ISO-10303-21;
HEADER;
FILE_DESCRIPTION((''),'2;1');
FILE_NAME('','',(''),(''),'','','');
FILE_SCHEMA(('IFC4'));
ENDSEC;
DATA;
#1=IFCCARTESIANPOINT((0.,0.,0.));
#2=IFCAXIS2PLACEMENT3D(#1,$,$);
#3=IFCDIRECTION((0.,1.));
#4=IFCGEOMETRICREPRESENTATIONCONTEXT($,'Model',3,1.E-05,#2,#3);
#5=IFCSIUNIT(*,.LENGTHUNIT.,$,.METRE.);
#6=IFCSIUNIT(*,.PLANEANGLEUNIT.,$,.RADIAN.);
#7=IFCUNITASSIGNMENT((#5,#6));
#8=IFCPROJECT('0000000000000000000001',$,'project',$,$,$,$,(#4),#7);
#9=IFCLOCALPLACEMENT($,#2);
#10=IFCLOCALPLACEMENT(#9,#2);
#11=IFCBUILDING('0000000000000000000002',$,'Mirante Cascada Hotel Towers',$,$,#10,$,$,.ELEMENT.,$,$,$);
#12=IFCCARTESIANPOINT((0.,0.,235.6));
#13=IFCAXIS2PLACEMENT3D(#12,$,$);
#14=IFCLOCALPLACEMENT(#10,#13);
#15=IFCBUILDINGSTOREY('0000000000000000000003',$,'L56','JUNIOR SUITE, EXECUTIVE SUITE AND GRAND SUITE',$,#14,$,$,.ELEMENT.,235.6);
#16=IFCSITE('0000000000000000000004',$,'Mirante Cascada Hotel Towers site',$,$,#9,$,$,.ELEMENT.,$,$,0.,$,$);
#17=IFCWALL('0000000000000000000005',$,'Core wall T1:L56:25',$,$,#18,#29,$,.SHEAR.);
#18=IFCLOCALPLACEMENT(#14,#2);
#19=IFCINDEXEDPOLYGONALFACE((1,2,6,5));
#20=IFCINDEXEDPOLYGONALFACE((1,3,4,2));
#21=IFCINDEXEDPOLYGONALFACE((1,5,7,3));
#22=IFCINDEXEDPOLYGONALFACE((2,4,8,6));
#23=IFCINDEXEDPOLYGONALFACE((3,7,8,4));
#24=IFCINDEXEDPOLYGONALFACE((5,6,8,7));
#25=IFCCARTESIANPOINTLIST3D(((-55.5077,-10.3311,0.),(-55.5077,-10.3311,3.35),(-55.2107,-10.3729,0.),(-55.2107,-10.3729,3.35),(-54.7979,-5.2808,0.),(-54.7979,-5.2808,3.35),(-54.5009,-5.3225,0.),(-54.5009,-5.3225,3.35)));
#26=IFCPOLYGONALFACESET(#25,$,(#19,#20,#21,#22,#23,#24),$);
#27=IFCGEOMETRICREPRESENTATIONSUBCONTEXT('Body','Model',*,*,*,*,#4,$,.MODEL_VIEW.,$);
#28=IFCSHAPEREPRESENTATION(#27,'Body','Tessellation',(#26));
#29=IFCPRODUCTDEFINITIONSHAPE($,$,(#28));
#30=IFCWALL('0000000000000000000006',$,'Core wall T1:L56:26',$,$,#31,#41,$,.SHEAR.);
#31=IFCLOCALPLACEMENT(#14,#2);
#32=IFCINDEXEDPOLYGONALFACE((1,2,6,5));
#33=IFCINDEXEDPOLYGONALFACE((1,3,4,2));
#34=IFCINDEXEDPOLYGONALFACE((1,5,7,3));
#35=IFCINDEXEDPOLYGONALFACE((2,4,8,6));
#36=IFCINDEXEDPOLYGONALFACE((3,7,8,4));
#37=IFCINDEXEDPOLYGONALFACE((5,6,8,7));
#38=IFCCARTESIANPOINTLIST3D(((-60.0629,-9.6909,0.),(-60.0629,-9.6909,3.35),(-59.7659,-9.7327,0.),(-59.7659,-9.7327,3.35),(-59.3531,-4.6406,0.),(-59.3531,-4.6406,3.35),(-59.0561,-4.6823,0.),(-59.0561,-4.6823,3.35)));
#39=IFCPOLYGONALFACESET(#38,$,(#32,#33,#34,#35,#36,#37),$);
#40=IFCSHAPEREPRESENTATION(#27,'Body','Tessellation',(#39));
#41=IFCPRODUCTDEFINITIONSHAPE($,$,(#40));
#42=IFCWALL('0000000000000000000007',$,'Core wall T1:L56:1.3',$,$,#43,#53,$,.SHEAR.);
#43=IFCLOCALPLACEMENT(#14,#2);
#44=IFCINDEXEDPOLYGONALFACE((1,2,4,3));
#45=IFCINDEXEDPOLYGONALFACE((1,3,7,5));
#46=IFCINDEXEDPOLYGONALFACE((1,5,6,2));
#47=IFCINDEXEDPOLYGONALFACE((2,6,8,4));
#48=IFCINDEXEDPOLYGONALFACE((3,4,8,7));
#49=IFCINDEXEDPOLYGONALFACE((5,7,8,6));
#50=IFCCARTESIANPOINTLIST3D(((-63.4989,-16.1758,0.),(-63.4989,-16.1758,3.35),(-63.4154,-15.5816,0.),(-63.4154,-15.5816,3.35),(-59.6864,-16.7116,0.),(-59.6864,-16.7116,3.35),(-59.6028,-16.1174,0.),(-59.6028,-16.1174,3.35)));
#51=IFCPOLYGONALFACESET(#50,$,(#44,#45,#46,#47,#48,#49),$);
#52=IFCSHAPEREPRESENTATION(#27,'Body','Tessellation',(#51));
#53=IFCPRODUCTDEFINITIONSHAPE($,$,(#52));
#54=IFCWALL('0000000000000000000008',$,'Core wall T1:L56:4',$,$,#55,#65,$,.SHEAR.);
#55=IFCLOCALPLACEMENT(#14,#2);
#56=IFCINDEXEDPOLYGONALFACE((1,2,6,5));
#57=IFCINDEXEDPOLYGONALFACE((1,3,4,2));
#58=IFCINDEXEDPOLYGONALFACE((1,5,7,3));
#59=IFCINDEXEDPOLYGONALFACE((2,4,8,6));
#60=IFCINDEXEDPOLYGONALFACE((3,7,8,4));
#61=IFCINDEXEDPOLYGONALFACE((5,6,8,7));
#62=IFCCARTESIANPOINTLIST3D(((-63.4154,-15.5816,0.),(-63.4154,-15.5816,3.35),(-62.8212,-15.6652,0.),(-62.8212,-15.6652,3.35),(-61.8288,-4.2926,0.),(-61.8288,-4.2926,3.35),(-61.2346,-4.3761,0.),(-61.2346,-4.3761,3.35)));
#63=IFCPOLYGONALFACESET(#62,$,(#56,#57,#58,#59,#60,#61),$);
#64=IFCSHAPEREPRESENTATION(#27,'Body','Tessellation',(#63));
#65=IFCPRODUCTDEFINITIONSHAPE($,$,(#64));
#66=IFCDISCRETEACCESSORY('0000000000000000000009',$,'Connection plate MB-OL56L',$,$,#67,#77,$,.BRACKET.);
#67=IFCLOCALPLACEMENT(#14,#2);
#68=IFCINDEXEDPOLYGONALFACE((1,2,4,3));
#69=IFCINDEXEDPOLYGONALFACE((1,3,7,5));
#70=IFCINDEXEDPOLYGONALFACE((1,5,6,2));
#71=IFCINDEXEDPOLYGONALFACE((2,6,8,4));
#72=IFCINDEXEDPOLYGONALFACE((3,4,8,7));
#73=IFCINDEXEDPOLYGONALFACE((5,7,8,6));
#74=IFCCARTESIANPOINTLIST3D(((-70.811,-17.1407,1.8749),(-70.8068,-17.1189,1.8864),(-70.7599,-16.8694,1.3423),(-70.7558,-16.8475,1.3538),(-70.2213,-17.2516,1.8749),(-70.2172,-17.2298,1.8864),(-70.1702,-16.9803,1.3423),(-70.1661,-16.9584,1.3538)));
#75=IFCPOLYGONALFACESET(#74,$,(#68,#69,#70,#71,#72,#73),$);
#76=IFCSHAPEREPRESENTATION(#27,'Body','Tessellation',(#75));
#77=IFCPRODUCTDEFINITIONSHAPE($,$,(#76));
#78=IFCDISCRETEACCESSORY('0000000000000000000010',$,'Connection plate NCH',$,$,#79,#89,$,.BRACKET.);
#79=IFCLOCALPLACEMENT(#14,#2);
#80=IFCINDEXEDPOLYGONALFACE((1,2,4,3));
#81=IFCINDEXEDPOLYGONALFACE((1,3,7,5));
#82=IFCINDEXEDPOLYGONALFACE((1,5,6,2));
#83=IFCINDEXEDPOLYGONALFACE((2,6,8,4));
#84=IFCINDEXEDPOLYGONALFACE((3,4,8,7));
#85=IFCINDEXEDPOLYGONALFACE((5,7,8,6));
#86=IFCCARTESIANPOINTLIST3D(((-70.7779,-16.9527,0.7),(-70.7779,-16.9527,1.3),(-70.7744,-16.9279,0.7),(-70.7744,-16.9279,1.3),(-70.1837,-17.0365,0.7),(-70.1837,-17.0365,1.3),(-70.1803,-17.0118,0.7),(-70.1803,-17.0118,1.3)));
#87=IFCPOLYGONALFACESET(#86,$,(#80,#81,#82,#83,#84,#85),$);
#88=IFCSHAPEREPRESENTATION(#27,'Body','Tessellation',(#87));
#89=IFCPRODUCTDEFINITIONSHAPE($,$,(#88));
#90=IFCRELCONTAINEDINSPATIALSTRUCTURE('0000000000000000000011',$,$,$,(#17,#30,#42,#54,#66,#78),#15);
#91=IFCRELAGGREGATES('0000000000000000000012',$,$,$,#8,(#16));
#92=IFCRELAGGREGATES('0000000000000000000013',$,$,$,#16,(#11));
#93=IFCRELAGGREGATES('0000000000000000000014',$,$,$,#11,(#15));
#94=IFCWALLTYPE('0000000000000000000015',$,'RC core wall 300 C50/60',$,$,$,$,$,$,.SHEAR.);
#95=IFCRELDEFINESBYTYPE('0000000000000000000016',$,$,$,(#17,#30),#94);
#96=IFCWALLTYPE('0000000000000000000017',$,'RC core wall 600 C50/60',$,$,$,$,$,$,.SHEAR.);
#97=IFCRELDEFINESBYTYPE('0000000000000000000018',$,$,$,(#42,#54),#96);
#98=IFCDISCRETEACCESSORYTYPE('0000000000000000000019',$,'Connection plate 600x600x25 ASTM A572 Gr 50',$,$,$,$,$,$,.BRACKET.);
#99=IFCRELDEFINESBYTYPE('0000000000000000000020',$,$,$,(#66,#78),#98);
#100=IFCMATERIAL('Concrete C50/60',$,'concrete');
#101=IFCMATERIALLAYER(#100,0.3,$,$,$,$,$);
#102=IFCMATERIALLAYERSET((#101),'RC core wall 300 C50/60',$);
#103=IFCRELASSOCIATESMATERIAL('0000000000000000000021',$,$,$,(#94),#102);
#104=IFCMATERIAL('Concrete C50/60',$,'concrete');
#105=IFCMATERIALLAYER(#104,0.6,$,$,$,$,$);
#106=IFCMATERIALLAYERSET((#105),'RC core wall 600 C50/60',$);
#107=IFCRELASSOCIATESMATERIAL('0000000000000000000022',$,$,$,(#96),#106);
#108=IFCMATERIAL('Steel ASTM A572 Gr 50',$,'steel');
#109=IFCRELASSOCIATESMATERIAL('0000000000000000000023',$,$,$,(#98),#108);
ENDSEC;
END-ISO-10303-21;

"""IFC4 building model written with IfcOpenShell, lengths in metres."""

from ifc_helpers import new_model, si_unit, direction, frame, frame_2d, origin, origin_2d, place, context, subcontext, project, spatial, rectangle, extrude, material, layer, layer_set, material_profile, profile_set, type_object, element, save


model = new_model("IFC4")

# Units and contexts
model_context = context("Model", 3, precision=1e-05, world=origin(), true_north=direction((0.0, 1.0)))
body_context = subcontext(model_context, "Body", "Model", "MODEL_VIEW")
ifc_project = project(units=[si_unit("LENGTHUNIT", "METRE"), si_unit("PLANEANGLEUNIT", "RADIAN")], contexts=[model_context])

# Site, building, storey
site_placement = place(None, origin())
site = spatial("IfcSite", under=ifc_project, at=site_placement, Name="Mirante Cascada Hotel Towers site", CompositionType="ELEMENT", RefElevation=0.0)
building_placement = place(site_placement, origin())
building = spatial("IfcBuilding", under=site, at=building_placement, Name="Mirante Cascada Hotel Towers", CompositionType="ELEMENT")
storey_placement = place(building_placement, frame((0.0, 0.0, 235.6)))
storey = spatial("IfcBuildingStorey", under=building, at=storey_placement, Name="L56", Description="JUNIOR SUITE, EXECUTIVE SUITE AND GRAND SUITE", CompositionType="ELEMENT", Elevation=235.6)

# Walls
ifc_material_1 = material(Name="Concrete C50/60", Category="concrete")
ifc_layer_1 = layer(ifc_material_1, 0.3)
ifc_layer_set_1 = layer_set([ifc_layer_1], Name="RC core wall 300 C50/60")
wall_type_1 = type_object("IfcWallType", Name="RC core wall 300 C50/60", PredefinedType="SHEAR", material=ifc_layer_set_1)
for number, where, z_axis, x_axis, name in (
    (1, (-55.3592, -10.352, 0.0), (0.0, 0.0, 1.0), (0.139176, 0.990268, 0.0), "Core wall T1:L56:25"),
    (2, (-59.9144, -9.7118, 0.0), (0.0, 0.0, 1.0), (0.139176, 0.990268, 0.0), "Core wall T1:L56:26"),
):
    element("IfcWall", number, at=place(storey_placement, frame(where, z_axis=z_axis, x_axis=x_axis)), inside=storey, type_object=wall_type_1, Name=name, PredefinedType="SHEAR", context=body_context, shape_type="SweptSolid", body=[
        extrude(rectangle(XDim=5.1, YDim=0.3, at=frame_2d((2.55, 0.0))), origin(), (0.0, 0.0, 1.0), 3.35),
    ])
ifc_material_2 = material(Name="Concrete C50/60", Category="concrete")
ifc_layer_2 = layer(ifc_material_2, 0.6)
ifc_layer_set_2 = layer_set([ifc_layer_2], Name="RC core wall 600 C50/60")
wall_type_2 = type_object("IfcWallType", Name="RC core wall 600 C50/60", PredefinedType="SHEAR", material=ifc_layer_set_2)
wall_1_placement = place(storey_placement, frame((-59.6446, -16.4145, 0.0), z_axis=(0.0, 0.0, 1.0), x_axis=(-0.990268, 0.13917, 0.0)))
element("IfcWall", 3, at=wall_1_placement, inside=storey, type_object=wall_type_2, Name="Core wall T1:L56:1.3", PredefinedType="SHEAR", context=body_context, shape_type="SweptSolid", body=[
    extrude(rectangle(XDim=3.85, YDim=0.6, at=frame_2d((1.925, 0.0))), origin(), (0.0, 0.0, 1.0), 3.35),
])
wall_2_placement = place(storey_placement, frame((-63.1183, -15.6234, 0.0), z_axis=(0.0, 0.0, 1.0), x_axis=(0.139175, 0.990268, 0.0)))
element("IfcWall", 4, at=wall_2_placement, inside=storey, type_object=wall_type_2, Name="Core wall T1:L56:4", PredefinedType="SHEAR", context=body_context, shape_type="SweptSolid", body=[
    extrude(rectangle(XDim=11.4, YDim=0.6, at=frame_2d((5.7, 0.0))), origin(), (0.0, 0.0, 1.0), 3.35),
])

# Discrete accessories
ifc_material_3 = material(Name="Steel ASTM A572 Gr 50", Category="steel")
ifc_material_profile_1 = material_profile(ifc_material_3, rectangle(XDim=0.6, YDim=0.6, at=origin_2d()), Name="Connection plate 600x600x25 ASTM A572 Gr 50")
ifc_profile_set_1 = profile_set([ifc_material_profile_1], Name="Steel ASTM A572 Gr 50")
discrete_accessory_type = type_object("IfcDiscreteAccessoryType", Name="Connection plate 600x600x25 ASTM A572 Gr 50", PredefinedType="BRACKET", material=ifc_profile_set_1)
for number, where, z_axis, x_axis, name in (
    (5, (-70.4906, -17.0605, 1.6086), (0.164092, 0.872489, 0.460258), (-0.98277, 0.184833, 0.0), "Connection plate MB-OL56L"),
    (6, (-70.4808, -16.9946, 1.0), (0.139744, 0.990188, 0.0), (-0.990188, 0.139744, 0.0), "Connection plate NCH"),
):
    element("IfcDiscreteAccessory", number, at=place(storey_placement, frame(where, z_axis=z_axis, x_axis=x_axis)), inside=storey, type_object=discrete_accessory_type, Name=name, PredefinedType="BRACKET", context=body_context, shape_type="SweptSolid", body=[
        extrude(rectangle(XDim=0.6, YDim=0.6, at=origin_2d()), origin(), (0.0, 0.0, 1.0), 0.025),
    ])

save(model, "model.ifc")
